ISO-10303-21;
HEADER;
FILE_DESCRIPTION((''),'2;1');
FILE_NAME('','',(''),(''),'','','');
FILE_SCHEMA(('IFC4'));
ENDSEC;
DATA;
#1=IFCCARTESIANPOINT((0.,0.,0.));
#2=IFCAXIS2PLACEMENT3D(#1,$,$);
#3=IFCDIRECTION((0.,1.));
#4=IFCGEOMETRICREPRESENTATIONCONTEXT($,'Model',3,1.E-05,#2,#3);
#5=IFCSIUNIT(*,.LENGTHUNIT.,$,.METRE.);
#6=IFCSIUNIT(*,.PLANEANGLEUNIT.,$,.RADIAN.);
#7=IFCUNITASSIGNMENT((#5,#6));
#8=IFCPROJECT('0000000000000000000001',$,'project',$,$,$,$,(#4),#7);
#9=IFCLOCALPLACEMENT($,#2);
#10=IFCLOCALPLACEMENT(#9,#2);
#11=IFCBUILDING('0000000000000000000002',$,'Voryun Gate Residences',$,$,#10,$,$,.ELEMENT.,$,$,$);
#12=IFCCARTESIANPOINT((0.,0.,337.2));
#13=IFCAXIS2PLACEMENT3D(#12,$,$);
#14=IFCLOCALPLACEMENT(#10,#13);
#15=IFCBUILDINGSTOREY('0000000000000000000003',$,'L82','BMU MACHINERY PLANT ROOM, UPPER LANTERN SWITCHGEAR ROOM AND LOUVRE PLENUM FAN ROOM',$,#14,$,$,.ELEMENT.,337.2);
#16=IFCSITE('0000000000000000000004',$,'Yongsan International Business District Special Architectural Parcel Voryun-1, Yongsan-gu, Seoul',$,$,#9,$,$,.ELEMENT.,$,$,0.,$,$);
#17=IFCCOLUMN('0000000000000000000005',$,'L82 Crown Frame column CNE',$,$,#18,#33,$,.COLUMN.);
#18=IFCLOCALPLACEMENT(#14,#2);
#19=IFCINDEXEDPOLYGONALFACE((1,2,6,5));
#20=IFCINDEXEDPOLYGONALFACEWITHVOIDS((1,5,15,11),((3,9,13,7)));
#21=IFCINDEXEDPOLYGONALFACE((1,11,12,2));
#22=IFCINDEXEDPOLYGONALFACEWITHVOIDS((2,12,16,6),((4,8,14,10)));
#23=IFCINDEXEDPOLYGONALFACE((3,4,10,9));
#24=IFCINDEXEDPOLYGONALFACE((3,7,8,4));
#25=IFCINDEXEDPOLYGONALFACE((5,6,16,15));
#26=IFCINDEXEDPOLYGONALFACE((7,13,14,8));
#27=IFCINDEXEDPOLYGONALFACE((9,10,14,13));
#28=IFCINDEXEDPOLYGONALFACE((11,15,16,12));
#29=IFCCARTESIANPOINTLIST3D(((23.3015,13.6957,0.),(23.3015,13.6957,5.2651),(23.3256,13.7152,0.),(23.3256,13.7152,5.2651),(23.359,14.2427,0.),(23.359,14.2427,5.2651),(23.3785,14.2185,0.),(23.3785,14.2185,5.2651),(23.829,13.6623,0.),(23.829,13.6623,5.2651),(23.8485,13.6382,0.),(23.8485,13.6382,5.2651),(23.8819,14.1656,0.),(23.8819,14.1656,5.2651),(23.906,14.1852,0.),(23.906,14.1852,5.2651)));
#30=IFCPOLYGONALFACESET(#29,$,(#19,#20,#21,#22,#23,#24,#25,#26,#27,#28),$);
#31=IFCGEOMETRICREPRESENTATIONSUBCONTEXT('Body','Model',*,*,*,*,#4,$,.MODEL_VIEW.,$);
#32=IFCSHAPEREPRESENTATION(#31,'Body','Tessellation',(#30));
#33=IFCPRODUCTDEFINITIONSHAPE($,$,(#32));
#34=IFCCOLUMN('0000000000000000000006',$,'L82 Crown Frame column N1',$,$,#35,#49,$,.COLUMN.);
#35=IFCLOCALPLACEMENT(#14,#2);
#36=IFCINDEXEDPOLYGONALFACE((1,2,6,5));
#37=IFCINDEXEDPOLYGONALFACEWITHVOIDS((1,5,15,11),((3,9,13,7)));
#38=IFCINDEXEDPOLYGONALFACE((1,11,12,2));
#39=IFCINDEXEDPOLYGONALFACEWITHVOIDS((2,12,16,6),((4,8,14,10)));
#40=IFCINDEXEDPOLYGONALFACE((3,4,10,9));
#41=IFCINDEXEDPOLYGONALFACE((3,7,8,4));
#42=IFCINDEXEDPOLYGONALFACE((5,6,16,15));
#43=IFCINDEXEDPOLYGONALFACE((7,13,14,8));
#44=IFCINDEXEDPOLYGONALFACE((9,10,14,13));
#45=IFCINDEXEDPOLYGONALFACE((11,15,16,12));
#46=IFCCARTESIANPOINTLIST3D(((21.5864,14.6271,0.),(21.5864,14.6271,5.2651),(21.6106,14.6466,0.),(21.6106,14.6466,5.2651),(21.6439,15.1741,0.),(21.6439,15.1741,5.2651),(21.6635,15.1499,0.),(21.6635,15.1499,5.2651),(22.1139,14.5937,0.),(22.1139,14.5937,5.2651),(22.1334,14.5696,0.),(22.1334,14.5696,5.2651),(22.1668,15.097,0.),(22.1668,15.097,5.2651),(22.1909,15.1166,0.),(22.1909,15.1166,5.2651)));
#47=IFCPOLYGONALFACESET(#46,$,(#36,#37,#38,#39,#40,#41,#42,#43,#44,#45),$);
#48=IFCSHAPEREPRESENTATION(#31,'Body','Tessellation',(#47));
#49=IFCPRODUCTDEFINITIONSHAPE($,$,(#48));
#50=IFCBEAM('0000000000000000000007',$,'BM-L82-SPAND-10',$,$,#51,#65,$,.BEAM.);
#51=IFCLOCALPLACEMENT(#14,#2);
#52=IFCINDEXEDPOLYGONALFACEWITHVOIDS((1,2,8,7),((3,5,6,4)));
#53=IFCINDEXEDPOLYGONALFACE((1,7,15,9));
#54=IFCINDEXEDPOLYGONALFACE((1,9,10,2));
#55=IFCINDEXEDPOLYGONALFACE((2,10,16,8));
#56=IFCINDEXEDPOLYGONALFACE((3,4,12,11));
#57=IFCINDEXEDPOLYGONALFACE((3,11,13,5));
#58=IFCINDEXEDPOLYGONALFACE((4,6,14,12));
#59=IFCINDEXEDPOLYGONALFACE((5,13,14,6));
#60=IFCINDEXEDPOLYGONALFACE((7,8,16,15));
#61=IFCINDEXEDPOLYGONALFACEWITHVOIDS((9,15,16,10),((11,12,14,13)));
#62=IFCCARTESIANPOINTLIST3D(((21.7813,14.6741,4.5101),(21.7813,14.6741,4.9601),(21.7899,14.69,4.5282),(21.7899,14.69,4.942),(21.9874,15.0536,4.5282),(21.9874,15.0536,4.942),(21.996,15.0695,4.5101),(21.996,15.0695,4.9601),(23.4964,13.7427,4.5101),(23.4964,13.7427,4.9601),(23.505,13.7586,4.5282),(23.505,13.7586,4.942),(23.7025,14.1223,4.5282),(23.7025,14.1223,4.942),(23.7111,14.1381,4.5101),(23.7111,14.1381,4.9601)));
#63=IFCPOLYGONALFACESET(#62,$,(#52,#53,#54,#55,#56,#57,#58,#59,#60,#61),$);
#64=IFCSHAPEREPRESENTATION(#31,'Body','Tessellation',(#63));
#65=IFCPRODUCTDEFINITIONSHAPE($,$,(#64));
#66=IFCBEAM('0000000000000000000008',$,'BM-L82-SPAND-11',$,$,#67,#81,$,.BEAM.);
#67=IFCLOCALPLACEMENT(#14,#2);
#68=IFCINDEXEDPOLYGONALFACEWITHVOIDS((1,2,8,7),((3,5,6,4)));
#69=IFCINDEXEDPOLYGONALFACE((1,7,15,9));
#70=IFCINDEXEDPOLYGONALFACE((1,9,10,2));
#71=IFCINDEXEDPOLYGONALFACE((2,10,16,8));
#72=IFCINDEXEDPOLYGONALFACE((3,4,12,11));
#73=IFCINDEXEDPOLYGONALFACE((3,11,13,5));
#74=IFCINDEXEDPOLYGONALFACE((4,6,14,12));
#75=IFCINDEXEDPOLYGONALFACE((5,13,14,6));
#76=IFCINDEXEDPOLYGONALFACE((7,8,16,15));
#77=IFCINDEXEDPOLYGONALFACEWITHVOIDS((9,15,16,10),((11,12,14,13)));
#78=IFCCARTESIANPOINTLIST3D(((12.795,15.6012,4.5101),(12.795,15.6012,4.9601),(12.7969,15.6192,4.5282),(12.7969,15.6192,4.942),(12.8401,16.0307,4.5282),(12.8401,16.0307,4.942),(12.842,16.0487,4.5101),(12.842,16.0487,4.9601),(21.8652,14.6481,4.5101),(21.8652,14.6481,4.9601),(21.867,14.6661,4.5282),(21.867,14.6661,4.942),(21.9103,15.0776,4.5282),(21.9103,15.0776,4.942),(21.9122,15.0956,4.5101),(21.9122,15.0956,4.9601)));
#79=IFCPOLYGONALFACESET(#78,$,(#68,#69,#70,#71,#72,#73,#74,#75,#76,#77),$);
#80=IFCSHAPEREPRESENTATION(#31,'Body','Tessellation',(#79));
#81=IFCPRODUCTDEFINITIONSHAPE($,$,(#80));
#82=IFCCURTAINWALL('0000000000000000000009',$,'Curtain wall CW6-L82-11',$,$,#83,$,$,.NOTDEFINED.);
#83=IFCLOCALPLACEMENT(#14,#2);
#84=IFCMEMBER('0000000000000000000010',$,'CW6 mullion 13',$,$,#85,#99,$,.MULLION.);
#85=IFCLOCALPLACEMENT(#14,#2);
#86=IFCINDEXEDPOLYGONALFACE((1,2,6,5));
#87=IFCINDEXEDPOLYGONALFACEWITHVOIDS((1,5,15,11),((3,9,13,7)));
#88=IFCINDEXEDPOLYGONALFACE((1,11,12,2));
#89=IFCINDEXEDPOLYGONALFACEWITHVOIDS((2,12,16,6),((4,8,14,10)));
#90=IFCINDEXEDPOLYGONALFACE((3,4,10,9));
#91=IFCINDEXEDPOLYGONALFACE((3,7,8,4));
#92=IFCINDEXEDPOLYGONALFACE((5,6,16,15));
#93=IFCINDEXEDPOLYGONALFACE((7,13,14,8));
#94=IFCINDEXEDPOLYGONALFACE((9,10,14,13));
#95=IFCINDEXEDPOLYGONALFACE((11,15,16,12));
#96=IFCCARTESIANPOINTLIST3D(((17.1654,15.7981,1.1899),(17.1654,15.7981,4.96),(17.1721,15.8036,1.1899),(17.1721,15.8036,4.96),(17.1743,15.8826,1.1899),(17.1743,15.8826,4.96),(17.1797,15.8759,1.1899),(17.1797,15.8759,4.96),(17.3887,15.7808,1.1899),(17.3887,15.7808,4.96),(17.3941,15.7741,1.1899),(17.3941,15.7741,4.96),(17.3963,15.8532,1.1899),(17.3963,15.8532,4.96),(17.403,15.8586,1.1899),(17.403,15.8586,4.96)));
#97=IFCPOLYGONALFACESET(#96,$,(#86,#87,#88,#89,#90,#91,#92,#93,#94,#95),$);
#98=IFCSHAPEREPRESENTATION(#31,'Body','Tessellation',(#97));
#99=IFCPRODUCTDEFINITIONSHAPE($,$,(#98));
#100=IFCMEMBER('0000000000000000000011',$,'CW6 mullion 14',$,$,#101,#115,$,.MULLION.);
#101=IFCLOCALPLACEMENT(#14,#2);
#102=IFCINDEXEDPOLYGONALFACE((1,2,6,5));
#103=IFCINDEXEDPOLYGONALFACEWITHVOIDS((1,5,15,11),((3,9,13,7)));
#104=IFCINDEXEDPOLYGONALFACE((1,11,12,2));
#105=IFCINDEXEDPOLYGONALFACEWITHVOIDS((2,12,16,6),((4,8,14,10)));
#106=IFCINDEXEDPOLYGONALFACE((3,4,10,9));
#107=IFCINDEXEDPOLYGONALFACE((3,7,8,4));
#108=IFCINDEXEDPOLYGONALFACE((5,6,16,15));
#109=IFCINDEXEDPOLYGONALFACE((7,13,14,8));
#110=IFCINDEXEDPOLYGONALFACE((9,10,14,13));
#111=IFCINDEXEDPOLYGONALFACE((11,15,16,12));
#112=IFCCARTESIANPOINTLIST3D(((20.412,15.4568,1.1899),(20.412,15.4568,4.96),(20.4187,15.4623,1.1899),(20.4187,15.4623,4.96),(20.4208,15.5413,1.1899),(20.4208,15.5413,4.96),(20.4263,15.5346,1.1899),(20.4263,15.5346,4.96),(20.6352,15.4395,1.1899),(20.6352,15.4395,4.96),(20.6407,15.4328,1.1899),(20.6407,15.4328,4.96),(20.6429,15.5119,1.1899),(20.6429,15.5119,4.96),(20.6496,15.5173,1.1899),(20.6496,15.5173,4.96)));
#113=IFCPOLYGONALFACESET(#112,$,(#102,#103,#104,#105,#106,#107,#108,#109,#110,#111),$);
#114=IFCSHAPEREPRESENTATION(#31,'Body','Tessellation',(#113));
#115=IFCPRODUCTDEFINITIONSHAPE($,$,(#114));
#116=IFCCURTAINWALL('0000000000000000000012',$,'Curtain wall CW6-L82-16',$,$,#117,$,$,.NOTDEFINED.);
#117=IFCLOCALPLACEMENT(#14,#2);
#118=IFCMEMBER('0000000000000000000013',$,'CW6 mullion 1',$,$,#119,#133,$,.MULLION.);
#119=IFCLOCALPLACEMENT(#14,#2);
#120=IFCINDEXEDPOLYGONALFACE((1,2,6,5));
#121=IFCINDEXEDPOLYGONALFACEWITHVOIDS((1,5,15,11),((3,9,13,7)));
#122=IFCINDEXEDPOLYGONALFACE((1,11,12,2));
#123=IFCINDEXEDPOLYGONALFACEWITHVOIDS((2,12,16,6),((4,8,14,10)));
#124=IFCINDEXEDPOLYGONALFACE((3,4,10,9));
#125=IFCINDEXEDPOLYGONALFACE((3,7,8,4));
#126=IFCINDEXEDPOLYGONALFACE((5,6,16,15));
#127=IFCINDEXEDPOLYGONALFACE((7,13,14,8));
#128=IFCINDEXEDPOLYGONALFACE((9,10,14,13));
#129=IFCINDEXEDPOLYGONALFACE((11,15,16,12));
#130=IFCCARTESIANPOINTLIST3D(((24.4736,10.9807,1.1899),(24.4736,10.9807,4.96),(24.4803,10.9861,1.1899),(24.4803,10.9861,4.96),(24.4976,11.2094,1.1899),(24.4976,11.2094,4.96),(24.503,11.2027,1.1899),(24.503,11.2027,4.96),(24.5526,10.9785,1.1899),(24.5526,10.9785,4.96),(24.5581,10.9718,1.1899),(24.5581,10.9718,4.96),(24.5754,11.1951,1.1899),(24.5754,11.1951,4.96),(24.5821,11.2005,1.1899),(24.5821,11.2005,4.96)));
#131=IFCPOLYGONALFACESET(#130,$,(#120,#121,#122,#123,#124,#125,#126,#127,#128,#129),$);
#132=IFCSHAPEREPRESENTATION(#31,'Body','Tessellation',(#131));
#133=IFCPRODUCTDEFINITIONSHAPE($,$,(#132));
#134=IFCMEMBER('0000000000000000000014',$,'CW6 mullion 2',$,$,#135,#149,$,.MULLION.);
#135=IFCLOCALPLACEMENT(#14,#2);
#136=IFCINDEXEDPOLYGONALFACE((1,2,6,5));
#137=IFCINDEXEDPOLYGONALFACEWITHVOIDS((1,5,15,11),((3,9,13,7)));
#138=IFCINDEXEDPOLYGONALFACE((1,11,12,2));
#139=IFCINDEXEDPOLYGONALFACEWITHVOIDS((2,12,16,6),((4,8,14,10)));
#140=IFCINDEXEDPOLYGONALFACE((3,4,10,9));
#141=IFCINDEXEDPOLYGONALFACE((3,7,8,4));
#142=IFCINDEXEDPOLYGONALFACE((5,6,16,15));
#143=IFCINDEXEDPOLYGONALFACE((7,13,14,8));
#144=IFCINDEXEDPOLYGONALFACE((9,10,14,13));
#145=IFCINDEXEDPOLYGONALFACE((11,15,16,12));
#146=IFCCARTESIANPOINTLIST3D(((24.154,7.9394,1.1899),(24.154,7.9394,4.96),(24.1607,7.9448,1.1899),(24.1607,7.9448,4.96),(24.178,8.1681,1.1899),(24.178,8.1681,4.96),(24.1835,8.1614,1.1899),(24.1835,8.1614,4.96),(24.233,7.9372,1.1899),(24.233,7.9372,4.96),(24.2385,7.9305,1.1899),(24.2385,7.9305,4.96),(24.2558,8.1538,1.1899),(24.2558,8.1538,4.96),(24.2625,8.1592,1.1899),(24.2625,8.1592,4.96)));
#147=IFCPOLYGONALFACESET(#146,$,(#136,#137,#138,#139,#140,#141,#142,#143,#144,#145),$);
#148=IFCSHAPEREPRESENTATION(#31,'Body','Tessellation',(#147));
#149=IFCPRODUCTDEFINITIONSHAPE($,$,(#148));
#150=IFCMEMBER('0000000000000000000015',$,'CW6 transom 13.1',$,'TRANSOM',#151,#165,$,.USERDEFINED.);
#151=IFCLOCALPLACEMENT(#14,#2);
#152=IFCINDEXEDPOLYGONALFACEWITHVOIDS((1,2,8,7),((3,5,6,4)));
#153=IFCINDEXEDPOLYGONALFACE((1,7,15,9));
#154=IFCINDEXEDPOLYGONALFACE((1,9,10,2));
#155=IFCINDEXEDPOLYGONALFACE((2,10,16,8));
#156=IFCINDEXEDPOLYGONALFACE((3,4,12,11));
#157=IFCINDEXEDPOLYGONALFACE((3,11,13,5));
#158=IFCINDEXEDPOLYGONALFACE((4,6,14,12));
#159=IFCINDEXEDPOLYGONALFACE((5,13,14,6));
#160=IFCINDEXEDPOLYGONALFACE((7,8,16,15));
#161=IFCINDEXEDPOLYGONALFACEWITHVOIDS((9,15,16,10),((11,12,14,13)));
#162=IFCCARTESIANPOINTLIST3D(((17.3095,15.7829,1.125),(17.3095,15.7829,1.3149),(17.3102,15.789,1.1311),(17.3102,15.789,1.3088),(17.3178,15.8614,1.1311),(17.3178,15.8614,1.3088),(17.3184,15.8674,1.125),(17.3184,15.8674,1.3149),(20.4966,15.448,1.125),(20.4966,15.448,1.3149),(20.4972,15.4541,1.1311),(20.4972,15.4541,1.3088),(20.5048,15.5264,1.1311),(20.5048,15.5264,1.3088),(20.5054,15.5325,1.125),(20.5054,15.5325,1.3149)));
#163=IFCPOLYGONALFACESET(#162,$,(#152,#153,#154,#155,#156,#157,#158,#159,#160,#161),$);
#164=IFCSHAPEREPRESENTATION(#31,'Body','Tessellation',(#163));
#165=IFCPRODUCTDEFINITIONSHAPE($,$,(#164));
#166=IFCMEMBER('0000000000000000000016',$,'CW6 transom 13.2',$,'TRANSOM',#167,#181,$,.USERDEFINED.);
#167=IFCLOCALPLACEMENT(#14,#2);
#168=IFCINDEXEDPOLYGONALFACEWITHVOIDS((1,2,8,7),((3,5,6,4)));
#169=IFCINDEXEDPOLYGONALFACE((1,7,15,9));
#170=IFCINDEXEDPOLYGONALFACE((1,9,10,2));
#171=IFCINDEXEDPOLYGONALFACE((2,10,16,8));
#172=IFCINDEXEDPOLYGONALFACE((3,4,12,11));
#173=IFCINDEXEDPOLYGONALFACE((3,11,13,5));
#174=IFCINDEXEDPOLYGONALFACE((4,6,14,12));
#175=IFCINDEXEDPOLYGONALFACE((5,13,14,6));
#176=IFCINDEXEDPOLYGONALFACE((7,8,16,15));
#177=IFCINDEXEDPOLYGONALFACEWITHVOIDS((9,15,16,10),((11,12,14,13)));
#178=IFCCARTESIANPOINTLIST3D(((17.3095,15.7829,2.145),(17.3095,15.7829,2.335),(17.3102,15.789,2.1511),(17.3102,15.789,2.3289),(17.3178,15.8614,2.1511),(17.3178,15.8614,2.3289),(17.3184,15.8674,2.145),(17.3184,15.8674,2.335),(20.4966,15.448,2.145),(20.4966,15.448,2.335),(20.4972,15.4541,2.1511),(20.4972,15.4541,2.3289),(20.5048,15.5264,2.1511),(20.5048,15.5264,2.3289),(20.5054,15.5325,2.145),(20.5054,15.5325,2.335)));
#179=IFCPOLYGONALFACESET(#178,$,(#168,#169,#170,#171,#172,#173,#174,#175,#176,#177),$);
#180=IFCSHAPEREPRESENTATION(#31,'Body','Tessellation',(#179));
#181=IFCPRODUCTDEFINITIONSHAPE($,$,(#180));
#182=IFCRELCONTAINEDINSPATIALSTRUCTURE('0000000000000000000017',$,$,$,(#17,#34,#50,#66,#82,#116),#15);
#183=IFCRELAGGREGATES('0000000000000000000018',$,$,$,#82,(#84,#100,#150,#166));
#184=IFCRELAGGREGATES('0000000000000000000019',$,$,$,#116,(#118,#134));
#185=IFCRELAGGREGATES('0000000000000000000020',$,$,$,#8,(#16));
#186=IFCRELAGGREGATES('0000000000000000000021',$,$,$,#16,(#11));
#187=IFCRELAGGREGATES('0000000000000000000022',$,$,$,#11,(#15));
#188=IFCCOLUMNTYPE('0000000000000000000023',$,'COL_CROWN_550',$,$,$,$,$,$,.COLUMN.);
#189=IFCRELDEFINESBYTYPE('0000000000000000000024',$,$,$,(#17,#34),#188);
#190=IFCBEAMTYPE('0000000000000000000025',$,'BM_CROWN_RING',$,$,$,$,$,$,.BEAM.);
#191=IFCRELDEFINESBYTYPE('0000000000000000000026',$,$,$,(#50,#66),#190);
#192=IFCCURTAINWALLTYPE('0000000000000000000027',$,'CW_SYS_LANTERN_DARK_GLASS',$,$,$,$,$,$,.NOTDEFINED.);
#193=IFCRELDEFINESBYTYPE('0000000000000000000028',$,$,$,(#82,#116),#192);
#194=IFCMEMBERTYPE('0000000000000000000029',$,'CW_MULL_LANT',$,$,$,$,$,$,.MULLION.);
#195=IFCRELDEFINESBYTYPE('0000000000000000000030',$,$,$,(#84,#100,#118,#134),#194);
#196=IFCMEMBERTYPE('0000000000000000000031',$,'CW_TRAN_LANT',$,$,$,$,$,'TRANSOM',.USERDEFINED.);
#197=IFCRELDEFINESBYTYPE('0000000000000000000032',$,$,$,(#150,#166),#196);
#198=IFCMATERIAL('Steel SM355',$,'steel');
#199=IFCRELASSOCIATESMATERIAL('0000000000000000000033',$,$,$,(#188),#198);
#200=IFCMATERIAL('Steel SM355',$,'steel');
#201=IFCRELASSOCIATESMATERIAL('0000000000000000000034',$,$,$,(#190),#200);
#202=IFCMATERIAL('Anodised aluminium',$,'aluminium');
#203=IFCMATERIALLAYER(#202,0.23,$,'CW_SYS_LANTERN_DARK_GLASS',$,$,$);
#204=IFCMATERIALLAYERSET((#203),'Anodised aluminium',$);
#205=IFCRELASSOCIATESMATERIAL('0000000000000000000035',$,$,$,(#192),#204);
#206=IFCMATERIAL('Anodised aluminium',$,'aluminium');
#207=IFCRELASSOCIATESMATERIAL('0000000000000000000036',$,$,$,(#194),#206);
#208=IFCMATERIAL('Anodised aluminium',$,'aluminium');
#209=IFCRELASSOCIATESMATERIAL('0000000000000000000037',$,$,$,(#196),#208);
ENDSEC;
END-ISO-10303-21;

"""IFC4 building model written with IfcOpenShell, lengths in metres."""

from ifc_helpers import new_model, si_unit, direction, frame, origin, origin_2d, place, context, subcontext, project, spatial, hollow_rectangle, extrude, material, layer, layer_set, material_profile, profile_set, type_object, element, aggregate, save


model = new_model("IFC4")

# Units and contexts
model_context = context("Model", 3, precision=1e-05, world=origin(), true_north=direction((0.0, 1.0)))
body_context = subcontext(model_context, "Body", "Model", "MODEL_VIEW")
ifc_project = project(units=[si_unit("LENGTHUNIT", "METRE"), si_unit("PLANEANGLEUNIT", "RADIAN")], contexts=[model_context])

# Site, building, storey
site_placement = place(None, origin())
site = spatial("IfcSite", under=ifc_project, at=site_placement, Name="Yongsan International Business District Special Architectural Parcel Voryun-1, Yongsan-gu, Seoul", CompositionType="ELEMENT", RefElevation=0.0)
building_placement = place(site_placement, origin())
building = spatial("IfcBuilding", under=site, at=building_placement, Name="Voryun Gate Residences", CompositionType="ELEMENT")
storey_placement = place(building_placement, frame((0.0, 0.0, 337.2)))
storey = spatial("IfcBuildingStorey", under=building, at=storey_placement, Name="L82", Description="BMU MACHINERY PLANT ROOM, UPPER LANTERN SWITCHGEAR ROOM AND LOUVRE PLENUM FAN ROOM", CompositionType="ELEMENT", Elevation=337.2)

# Columns
ifc_material_1 = material(Name="Steel SM355", Category="steel")
ifc_material_profile_1 = material_profile(ifc_material_1, hollow_rectangle(XDim=0.55, YDim=0.55, WallThickness=0.022, at=origin_2d()), Name="BOX-550x550x22")
ifc_profile_set_1 = profile_set([ifc_material_profile_1], Name="Steel SM355")
column_type = type_object("IfcColumnType", Name="COL_CROWN_550", PredefinedType="COLUMN", material=ifc_profile_set_1)
for number, where, z_axis, x_axis, name in (
    (1, (23.6038, 13.9404, 0.0), (0.0, 0.0, 1.0), (0.994522, -0.104528, 0.0), "L82 Crown Frame column CNE"),
    (2, (21.8887, 14.8718, 0.0), (0.0, 0.0, 1.0), (0.994522, -0.104528, 0.0), "L82 Crown Frame column N1"),
):
    element("IfcColumn", number, at=place(storey_placement, frame(where, z_axis=z_axis, x_axis=x_axis)), inside=storey, type_object=column_type, Name=name, PredefinedType="COLUMN", context=body_context, shape_type="SweptSolid", body=[
        extrude(hollow_rectangle(XDim=0.55, YDim=0.55, WallThickness=0.022, at=origin_2d()), origin(), (0.0, 0.0, 1.0), 5.2651),
    ])

# Beams
ifc_material_2 = material(Name="Steel SM355", Category="steel")
ifc_material_profile_2 = material_profile(ifc_material_2, hollow_rectangle(XDim=0.45, YDim=0.45, WallThickness=0.0181, at=origin_2d()), Name="BOX-450x450x18")
ifc_profile_set_2 = profile_set([ifc_material_profile_2], Name="Steel SM355")
beam_type = type_object("IfcBeamType", Name="BM_CROWN_RING", PredefinedType="BEAM", material=ifc_profile_set_2)
beam_1_placement = place(storey_placement, frame((23.6038, 13.9404, 4.7351), z_axis=(-0.878778, 0.47723, 0.0), x_axis=(-0.47723, -0.878778, 0.0)))
element("IfcBeam", 3, at=beam_1_placement, inside=storey, type_object=beam_type, Name="BM-L82-SPAND-10", PredefinedType="BEAM", context=body_context, shape_type="SweptSolid", body=[
    extrude(hollow_rectangle(XDim=0.45, YDim=0.45, WallThickness=0.0181, at=origin_2d()), origin(), (0.0, 0.0, 1.0), 1.9517),
])
beam_2_placement = place(storey_placement, frame((21.8887, 14.8718, 4.7351), z_axis=(-0.994524, 0.104509, 0.0), x_axis=(-0.104509, -0.994524, 0.0)))
element("IfcBeam", 4, at=beam_2_placement, inside=storey, type_object=beam_type, Name="BM-L82-SPAND-11", PredefinedType="BEAM", context=body_context, shape_type="SweptSolid", body=[
    extrude(hollow_rectangle(XDim=0.45, YDim=0.45, WallThickness=0.0181, at=origin_2d()), origin(), (0.0, 0.0, 1.0), 9.1201),
])

# Curtain walls, members
ifc_material_3 = material(Name="Anodised aluminium", Category="aluminium")
ifc_layer_1 = layer(ifc_material_3, 0.23, Name="CW_SYS_LANTERN_DARK_GLASS")
ifc_layer_set_1 = layer_set([ifc_layer_1], Name="Anodised aluminium")
curtain_wall_type = type_object("IfcCurtainWallType", Name="CW_SYS_LANTERN_DARK_GLASS", PredefinedType="NOTDEFINED", material=ifc_layer_set_1)
curtain_wall_1_placement = place(storey_placement, origin())
curtain_wall_1 = element("IfcCurtainWall", 5, at=curtain_wall_1_placement, inside=storey, type_object=curtain_wall_type, Name="Curtain wall CW6-L82-11", PredefinedType="NOTDEFINED")
ifc_material_4 = material(Name="Anodised aluminium", Category="aluminium")
ifc_material_profile_3 = material_profile(ifc_material_4, hollow_rectangle(XDim=0.085, YDim=0.23, WallThickness=0.0061, at=origin_2d()), Name="ALU-MULL-230x85x6")
ifc_profile_set_3 = profile_set([ifc_material_profile_3], Name="Anodised aluminium")
member_type_1 = type_object("IfcMemberType", Name="CW_MULL_LANT", PredefinedType="MULLION", material=ifc_profile_set_3)
member_1_placement = place(storey_placement, frame((17.2842, 15.8284, 1.1899), z_axis=(0.0, 0.0, 1.0), x_axis=(0.104528, 0.994522, 0.0)))
member_1 = element("IfcMember", 6, at=member_1_placement, type_object=member_type_1, Name="CW6 mullion 13", PredefinedType="MULLION", context=body_context, shape_type="SweptSolid", body=[
    extrude(hollow_rectangle(XDim=0.085, YDim=0.23, WallThickness=0.0061, at=origin_2d()), origin(), (0.0, 0.0, 1.0), 3.77),
])
member_2_placement = place(storey_placement, frame((20.5308, 15.4871, 1.1899), z_axis=(0.0, 0.0, 1.0), x_axis=(0.104528, 0.994522, 0.0)))
member_2 = element("IfcMember", 7, at=member_2_placement, type_object=member_type_1, Name="CW6 mullion 14", PredefinedType="MULLION", context=body_context, shape_type="SweptSolid", body=[
    extrude(hollow_rectangle(XDim=0.085, YDim=0.23, WallThickness=0.0061, at=origin_2d()), origin(), (0.0, 0.0, 1.0), 3.77),
])
curtain_wall_2_placement = place(storey_placement, origin())
curtain_wall_2 = element("IfcCurtainWall", 8, at=curtain_wall_2_placement, inside=storey, type_object=curtain_wall_type, Name="Curtain wall CW6-L82-16", PredefinedType="NOTDEFINED")
member_3_placement = place(storey_placement, frame((24.5278, 11.0906, 1.1899), z_axis=(0.0, 0.0, 1.0), x_axis=(0.994522, -0.104528, 0.0)))
member_3 = element("IfcMember", 9, at=member_3_placement, type_object=member_type_1, Name="CW6 mullion 1", PredefinedType="MULLION", context=body_context, shape_type="SweptSolid", body=[
    extrude(hollow_rectangle(XDim=0.085, YDim=0.23, WallThickness=0.0061, at=origin_2d()), origin(), (0.0, 0.0, 1.0), 3.77),
])
member_4_placement = place(storey_placement, frame((24.2083, 8.0493, 1.1899), z_axis=(0.0, 0.0, 1.0), x_axis=(0.994522, -0.104528, 0.0)))
member_4 = element("IfcMember", 10, at=member_4_placement, type_object=member_type_1, Name="CW6 mullion 2", PredefinedType="MULLION", context=body_context, shape_type="SweptSolid", body=[
    extrude(hollow_rectangle(XDim=0.085, YDim=0.23, WallThickness=0.0061, at=origin_2d()), origin(), (0.0, 0.0, 1.0), 3.77),
])

# Members
ifc_material_5 = material(Name="Anodised aluminium", Category="aluminium")
ifc_material_profile_4 = material_profile(ifc_material_5, hollow_rectangle(XDim=0.085, YDim=0.1899, WallThickness=0.0061, at=origin_2d()), Name="ALU-TRAN-190x85x6")
ifc_profile_set_4 = profile_set([ifc_material_profile_4], Name="Anodised aluminium")
member_type_2 = type_object("IfcMemberType", Name="CW_TRAN_LANT", ElementType="TRANSOM", PredefinedType="USERDEFINED", material=ifc_profile_set_4)
member_5_placement = place(storey_placement, frame((17.314, 15.8252, 1.22), z_axis=(0.994522, -0.104526, 0.0), x_axis=(0.104526, 0.994522, 0.0)))
member_5 = element("IfcMember", 11, at=member_5_placement, type_object=member_type_2, Name="CW6 transom 13.1", ObjectType="TRANSOM", PredefinedType="USERDEFINED", context=body_context, shape_type="SweptSolid", body=[
    extrude(hollow_rectangle(XDim=0.085, YDim=0.1899, WallThickness=0.0061, at=origin_2d()), origin(), (0.0, 0.0, 1.0), 3.2046),
])
member_6_placement = place(storey_placement, frame((17.314, 15.8252, 2.24), z_axis=(0.994522, -0.104526, 0.0), x_axis=(0.104526, 0.994522, 0.0)))
member_6 = element("IfcMember", 12, at=member_6_placement, type_object=member_type_2, Name="CW6 transom 13.2", ObjectType="TRANSOM", PredefinedType="USERDEFINED", context=body_context, shape_type="SweptSolid", body=[
    extrude(hollow_rectangle(XDim=0.085, YDim=0.1899, WallThickness=0.0061, at=origin_2d()), origin(), (0.0, 0.0, 1.0), 3.2046),
])

aggregate(curtain_wall_1, [member_1, member_2, member_5, member_6])
aggregate(curtain_wall_2, [member_3, member_4])

save(model, "model.ifc")
